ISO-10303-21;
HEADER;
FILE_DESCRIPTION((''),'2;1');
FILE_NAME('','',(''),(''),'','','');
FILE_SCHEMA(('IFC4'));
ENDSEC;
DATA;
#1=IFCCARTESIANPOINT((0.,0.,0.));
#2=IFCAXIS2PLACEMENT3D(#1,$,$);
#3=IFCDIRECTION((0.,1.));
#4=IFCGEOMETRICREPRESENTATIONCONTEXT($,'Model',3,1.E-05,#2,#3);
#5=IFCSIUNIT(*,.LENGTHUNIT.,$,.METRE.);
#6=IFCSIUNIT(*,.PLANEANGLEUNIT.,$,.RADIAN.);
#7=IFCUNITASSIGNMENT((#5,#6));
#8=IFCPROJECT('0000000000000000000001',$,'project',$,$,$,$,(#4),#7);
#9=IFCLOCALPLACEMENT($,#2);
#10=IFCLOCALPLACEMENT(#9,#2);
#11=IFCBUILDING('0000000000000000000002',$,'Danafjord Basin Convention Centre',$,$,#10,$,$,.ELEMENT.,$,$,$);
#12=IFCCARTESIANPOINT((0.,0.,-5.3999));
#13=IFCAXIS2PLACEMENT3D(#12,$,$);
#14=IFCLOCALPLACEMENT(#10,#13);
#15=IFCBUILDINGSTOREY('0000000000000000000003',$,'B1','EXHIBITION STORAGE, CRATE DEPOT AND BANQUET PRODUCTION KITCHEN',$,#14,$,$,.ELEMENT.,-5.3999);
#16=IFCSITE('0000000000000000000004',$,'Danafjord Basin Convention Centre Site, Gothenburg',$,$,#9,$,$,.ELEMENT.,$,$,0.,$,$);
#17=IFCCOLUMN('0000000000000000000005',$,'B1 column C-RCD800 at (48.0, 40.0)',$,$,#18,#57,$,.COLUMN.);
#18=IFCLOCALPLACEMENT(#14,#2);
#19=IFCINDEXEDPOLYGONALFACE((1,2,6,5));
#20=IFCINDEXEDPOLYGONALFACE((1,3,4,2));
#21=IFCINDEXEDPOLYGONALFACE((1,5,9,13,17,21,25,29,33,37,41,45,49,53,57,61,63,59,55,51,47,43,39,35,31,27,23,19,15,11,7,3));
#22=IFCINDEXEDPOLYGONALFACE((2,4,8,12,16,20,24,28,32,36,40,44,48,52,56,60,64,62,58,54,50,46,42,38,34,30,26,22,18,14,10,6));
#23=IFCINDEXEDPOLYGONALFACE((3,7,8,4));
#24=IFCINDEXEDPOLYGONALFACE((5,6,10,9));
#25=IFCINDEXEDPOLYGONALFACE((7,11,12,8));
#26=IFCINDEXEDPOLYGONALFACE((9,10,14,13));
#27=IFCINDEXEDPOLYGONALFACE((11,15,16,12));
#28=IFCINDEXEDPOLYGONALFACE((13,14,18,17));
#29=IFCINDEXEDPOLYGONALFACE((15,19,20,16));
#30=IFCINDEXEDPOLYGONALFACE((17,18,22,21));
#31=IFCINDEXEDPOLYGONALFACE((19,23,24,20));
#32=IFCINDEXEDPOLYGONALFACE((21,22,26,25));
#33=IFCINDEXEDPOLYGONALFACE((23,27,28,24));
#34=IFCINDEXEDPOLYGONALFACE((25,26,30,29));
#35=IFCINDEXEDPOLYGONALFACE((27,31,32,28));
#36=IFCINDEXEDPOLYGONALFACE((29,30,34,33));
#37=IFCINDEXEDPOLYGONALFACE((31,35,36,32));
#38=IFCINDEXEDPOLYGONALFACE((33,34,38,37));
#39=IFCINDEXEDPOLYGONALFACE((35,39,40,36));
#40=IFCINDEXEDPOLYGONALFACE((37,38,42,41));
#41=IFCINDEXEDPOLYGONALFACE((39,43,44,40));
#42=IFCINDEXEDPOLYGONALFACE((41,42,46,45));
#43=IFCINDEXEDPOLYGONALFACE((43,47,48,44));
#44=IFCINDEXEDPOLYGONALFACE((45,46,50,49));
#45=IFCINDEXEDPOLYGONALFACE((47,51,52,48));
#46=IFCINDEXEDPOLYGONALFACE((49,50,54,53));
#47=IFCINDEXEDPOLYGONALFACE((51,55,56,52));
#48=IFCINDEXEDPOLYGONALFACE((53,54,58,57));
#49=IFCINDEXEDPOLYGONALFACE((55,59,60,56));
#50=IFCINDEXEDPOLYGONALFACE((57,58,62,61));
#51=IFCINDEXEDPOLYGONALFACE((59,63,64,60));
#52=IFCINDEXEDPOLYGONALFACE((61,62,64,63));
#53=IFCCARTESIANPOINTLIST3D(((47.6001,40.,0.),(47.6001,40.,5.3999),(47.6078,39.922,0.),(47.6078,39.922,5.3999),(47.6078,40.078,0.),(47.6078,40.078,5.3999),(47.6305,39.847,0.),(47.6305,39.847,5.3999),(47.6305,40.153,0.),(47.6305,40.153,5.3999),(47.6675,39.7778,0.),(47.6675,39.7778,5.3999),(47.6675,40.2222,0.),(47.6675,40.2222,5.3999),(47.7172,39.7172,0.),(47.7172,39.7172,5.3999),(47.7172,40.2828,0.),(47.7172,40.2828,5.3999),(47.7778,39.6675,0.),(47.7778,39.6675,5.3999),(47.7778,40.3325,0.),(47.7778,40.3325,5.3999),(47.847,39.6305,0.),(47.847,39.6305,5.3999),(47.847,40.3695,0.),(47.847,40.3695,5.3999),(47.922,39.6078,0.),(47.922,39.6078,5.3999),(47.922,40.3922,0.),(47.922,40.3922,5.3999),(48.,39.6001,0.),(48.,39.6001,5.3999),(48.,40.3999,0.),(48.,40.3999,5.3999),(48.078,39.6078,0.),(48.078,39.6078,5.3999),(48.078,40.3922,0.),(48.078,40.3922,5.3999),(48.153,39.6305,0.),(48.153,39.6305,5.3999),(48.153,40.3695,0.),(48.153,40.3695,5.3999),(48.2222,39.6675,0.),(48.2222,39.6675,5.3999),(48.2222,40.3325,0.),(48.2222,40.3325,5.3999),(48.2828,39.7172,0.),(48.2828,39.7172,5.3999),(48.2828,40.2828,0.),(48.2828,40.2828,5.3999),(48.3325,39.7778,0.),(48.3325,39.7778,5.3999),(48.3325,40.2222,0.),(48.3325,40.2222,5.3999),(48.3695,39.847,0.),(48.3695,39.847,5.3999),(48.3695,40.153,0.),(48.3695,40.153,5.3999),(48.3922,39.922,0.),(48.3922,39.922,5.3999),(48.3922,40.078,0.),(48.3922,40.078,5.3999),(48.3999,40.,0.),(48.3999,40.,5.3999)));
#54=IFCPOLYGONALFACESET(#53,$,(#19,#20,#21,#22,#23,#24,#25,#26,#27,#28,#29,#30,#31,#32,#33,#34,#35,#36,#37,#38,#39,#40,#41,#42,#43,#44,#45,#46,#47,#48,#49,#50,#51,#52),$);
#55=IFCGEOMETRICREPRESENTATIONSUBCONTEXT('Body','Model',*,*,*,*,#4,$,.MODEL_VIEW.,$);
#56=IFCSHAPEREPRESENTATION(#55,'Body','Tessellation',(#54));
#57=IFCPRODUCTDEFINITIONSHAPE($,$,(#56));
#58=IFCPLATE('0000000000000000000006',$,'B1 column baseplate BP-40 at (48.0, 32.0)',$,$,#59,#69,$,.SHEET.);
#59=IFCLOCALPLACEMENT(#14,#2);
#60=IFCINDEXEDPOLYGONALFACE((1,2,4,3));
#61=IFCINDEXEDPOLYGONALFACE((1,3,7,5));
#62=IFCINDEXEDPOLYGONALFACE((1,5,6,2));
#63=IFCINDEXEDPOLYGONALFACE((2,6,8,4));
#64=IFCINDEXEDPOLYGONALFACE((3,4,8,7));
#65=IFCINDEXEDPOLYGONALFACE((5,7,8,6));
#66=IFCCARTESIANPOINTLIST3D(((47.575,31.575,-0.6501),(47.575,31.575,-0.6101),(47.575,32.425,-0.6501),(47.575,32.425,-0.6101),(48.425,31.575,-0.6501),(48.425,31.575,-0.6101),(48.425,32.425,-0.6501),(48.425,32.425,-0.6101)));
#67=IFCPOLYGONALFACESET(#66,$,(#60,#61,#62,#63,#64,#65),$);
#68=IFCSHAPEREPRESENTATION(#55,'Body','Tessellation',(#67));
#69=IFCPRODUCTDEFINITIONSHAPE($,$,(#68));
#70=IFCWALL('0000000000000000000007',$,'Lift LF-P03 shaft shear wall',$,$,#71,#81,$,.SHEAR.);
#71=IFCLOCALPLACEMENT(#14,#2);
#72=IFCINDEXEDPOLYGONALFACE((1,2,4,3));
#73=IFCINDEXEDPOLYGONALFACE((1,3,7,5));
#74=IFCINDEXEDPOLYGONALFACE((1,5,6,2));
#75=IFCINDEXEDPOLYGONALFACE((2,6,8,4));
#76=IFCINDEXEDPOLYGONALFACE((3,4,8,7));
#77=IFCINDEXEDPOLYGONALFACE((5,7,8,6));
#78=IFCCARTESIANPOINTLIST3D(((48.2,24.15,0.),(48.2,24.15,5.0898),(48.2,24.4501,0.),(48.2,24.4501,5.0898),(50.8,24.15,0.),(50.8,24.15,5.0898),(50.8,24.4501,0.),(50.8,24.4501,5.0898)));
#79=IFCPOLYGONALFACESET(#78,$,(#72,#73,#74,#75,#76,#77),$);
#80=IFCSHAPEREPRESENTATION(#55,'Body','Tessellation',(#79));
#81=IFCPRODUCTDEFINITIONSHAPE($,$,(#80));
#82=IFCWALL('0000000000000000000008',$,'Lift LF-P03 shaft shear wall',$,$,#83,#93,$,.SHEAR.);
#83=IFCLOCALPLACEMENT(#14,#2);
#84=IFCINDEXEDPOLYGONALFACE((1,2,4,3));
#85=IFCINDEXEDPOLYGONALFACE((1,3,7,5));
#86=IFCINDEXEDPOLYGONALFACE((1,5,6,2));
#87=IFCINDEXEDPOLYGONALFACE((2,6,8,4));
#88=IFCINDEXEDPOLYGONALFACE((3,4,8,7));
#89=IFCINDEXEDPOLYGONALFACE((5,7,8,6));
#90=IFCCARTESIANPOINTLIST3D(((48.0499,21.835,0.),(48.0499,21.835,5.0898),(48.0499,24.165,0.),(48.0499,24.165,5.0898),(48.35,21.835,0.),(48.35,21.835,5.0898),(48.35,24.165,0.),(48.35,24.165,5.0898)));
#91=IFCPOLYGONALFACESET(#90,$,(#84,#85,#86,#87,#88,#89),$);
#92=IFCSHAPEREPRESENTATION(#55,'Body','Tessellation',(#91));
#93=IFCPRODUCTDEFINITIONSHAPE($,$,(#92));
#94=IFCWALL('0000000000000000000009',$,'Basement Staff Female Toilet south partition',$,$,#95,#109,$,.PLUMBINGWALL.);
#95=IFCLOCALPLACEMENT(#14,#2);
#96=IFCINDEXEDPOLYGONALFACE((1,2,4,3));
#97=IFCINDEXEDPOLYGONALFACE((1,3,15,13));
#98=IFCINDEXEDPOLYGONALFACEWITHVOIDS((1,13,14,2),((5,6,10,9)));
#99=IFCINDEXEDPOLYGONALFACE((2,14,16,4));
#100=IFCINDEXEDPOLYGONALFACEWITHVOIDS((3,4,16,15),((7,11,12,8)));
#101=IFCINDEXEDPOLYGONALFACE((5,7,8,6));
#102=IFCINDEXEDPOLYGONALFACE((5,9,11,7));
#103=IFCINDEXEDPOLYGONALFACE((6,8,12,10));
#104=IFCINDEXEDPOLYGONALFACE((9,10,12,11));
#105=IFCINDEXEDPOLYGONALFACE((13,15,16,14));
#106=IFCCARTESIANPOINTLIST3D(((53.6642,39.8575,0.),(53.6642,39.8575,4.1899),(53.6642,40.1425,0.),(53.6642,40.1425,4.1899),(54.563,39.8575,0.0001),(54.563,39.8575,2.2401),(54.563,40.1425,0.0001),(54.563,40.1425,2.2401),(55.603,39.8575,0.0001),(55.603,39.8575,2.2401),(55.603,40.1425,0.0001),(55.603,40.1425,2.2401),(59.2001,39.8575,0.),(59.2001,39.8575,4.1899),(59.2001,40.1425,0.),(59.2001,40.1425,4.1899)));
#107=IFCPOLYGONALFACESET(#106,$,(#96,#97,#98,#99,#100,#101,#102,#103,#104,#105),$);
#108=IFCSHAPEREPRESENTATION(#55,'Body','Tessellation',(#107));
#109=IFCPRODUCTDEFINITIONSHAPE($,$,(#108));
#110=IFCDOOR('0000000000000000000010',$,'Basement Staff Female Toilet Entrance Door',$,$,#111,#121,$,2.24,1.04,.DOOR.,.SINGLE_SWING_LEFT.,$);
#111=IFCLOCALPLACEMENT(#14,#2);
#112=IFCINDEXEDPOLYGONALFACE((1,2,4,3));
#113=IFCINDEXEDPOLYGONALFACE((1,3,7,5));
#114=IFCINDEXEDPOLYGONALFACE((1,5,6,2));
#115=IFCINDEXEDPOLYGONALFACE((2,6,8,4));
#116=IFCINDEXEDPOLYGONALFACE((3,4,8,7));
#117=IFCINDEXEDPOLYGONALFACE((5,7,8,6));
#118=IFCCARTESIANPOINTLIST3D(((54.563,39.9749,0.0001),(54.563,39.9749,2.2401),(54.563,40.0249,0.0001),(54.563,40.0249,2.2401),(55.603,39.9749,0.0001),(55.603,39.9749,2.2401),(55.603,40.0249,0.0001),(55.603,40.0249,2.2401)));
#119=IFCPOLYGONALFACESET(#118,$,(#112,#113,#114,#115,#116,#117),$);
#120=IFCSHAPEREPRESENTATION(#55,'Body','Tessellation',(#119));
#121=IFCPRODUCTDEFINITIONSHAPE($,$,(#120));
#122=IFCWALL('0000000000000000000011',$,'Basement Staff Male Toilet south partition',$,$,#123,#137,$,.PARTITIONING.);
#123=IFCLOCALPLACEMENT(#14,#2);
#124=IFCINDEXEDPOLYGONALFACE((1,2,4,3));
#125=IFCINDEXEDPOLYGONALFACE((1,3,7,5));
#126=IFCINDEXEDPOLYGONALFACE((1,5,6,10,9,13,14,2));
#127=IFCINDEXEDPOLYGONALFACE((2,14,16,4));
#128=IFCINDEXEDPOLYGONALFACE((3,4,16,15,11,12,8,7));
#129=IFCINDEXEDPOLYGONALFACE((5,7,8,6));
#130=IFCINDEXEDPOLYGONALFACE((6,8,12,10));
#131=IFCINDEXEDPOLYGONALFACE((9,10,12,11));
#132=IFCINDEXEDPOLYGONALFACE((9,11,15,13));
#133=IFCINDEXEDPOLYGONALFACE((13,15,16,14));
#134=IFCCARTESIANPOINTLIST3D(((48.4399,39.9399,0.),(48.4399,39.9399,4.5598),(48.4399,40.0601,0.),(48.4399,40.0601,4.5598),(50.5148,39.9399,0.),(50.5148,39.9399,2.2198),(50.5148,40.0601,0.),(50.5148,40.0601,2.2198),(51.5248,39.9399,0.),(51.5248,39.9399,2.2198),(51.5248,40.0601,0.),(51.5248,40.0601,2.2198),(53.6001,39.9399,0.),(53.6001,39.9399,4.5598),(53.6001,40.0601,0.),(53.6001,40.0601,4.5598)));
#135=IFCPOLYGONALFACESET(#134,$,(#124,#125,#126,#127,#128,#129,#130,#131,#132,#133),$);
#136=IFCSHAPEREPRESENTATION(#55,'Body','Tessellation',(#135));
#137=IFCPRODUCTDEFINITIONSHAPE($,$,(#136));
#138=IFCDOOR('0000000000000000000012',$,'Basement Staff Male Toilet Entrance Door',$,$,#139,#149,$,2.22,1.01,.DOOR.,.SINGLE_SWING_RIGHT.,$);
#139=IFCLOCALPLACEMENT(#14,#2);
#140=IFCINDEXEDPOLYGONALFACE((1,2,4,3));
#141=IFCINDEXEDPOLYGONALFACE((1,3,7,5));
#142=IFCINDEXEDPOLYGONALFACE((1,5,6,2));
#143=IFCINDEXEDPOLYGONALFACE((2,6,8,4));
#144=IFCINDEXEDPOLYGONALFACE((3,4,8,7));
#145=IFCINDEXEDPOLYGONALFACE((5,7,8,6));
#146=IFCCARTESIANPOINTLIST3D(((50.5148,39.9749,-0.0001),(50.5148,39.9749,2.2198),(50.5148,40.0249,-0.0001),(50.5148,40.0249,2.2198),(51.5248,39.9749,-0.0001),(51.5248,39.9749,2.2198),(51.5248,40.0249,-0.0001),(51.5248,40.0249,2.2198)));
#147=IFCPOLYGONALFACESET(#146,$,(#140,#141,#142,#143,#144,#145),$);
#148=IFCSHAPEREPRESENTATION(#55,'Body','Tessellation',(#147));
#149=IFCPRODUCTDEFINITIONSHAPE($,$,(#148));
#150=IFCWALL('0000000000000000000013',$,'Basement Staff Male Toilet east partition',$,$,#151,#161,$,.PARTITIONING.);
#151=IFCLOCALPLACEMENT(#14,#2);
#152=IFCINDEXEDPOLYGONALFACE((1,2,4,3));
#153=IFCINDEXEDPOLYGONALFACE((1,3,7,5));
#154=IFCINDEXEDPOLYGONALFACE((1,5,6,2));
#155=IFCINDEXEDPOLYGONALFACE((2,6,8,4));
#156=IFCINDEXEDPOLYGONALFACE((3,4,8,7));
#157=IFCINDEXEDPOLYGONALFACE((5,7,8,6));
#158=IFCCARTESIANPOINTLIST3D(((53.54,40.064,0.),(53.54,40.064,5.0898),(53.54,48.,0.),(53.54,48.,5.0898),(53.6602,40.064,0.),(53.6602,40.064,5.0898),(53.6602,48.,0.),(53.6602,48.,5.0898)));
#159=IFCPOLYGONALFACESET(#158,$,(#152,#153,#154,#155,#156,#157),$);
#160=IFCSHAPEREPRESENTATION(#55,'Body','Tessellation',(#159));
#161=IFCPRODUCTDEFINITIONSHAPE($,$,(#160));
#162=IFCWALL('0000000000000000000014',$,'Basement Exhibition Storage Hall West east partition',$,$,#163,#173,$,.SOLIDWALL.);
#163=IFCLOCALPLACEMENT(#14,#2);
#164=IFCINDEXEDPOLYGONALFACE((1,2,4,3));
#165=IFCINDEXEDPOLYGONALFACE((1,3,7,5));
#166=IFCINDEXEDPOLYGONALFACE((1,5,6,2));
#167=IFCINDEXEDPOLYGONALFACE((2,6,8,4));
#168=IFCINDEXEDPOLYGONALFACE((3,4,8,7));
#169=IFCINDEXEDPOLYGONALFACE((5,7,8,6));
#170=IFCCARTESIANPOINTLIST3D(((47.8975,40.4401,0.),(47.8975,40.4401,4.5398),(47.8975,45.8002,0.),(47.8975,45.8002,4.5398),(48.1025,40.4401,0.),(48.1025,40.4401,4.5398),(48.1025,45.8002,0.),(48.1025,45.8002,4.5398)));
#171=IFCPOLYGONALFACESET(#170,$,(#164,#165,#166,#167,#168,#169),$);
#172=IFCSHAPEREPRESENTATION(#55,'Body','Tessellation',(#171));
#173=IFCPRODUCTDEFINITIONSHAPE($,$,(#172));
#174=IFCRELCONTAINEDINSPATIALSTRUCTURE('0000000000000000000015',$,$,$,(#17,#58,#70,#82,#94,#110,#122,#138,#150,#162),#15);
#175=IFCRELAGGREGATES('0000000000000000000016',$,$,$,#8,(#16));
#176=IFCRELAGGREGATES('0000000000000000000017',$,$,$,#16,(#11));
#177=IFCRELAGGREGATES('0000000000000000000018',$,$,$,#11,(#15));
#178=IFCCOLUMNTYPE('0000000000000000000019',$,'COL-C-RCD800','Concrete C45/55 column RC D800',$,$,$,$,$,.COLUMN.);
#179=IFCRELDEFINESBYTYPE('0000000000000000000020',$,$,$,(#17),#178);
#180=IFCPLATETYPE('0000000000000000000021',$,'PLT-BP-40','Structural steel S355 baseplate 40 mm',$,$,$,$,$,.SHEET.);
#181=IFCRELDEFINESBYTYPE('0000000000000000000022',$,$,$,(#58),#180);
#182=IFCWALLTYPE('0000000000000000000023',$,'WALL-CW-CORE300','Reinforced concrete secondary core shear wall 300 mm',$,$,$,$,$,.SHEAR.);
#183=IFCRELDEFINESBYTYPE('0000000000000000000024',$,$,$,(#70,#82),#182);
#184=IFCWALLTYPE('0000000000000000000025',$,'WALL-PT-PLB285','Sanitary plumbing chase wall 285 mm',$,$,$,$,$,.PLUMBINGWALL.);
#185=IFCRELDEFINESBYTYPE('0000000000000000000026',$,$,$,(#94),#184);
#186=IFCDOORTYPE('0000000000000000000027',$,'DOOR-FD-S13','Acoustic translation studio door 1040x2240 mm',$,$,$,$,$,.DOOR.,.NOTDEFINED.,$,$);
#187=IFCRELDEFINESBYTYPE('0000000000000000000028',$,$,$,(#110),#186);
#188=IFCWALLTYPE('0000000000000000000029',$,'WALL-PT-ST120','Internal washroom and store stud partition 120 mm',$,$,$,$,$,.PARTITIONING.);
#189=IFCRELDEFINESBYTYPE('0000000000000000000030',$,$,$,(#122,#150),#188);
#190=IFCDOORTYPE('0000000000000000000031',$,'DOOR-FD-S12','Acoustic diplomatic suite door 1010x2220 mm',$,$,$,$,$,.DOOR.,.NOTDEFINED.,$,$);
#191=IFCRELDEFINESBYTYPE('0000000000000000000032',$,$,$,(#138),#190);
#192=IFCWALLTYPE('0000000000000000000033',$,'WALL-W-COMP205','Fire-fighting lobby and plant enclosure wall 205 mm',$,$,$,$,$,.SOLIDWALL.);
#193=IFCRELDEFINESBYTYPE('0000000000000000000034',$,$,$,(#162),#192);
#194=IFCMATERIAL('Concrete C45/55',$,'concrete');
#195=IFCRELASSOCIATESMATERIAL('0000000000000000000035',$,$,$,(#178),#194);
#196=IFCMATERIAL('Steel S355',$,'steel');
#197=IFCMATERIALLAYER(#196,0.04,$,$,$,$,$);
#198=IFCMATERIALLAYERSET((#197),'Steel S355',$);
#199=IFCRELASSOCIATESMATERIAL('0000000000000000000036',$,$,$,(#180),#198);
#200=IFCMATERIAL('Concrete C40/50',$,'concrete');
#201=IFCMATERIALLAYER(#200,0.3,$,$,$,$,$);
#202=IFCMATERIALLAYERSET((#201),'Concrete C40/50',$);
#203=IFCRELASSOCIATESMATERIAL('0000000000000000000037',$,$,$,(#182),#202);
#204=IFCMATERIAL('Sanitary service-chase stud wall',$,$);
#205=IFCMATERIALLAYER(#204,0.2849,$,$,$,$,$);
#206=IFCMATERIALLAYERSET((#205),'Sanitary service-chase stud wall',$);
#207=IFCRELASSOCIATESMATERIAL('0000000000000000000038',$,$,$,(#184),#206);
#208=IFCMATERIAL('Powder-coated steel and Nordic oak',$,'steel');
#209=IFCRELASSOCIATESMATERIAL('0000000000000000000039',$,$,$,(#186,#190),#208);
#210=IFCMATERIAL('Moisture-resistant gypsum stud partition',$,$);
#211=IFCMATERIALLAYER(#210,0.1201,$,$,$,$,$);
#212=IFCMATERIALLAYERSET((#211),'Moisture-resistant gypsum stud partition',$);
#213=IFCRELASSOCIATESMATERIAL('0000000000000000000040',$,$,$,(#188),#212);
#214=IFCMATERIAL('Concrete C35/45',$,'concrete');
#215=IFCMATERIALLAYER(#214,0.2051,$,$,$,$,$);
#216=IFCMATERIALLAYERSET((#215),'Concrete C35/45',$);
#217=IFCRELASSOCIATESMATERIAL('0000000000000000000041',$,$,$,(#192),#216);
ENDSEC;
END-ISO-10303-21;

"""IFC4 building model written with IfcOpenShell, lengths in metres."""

from ifc_helpers import new_model, si_unit, direction, frame, frame_2d, origin, origin_2d, place, context, subcontext, project, spatial, rectangle, circle, extrude, material, layer, layer_set, material_profile, profile_set, type_object, element, fill, save


model = new_model("IFC4")

# Units and contexts
model_context = context("Model", 3, precision=1e-05, world=origin(), true_north=direction((0.0, 1.0)))
body_context = subcontext(model_context, "Body", "Model", "MODEL_VIEW")
ifc_project = project(units=[si_unit("LENGTHUNIT", "METRE"), si_unit("PLANEANGLEUNIT", "RADIAN")], contexts=[model_context])

# Site, building, storey
site_placement = place(None, origin())
site = spatial("IfcSite", under=ifc_project, at=site_placement, Name="Danafjord Basin Convention Centre Site, Gothenburg", CompositionType="ELEMENT", RefElevation=0.0)
building_placement = place(site_placement, origin())
building = spatial("IfcBuilding", under=site, at=building_placement, Name="Danafjord Basin Convention Centre", CompositionType="ELEMENT")
storey_placement = place(building_placement, frame((0.0, 0.0, -5.3999)))
storey = spatial("IfcBuildingStorey", under=building, at=storey_placement, Name="B1", Description="EXHIBITION STORAGE, CRATE DEPOT AND BANQUET PRODUCTION KITCHEN", CompositionType="ELEMENT", Elevation=-5.3999)

# Shared definitions
ifc_material_1 = material(Name="Concrete C40/50", Category="concrete")

# Column
ifc_material_2 = material(Name="Concrete C45/55", Category="concrete")
ifc_material_profile_1 = material_profile(ifc_material_2, circle(Radius=0.3999, at=origin_2d()), Name="RC D800")
ifc_profile_set_1 = profile_set([ifc_material_profile_1], Name="Concrete C45/55")
column_type_1 = type_object("IfcColumnType", Name="COL-C-RCD800", Description="Concrete C45/55 column RC D800", PredefinedType="COLUMN", material=ifc_profile_set_1)
column_1_placement = place(storey_placement, frame((48.0, 40.0, 0.0), z_axis=(0.0, 0.0, 1.0), x_axis=(1.0, 0.0, 0.0)))
element("IfcColumn", 1, at=column_1_placement, inside=storey, type_object=column_type_1, Name="B1 column C-RCD800 at (48.0, 40.0)", PredefinedType="COLUMN", context=body_context, shape_type="SweptSolid", body=[
    extrude(circle(Radius=0.3999, at=origin_2d()), origin(), (0.0, 0.0, 1.0), 5.3999),
])

# Plate
ifc_material_3 = material(Name="Steel S355", Category="steel")
ifc_layer_1 = layer(ifc_material_3, 0.04)
ifc_layer_set_1 = layer_set([ifc_layer_1], Name="Steel S355")
plate_type = type_object("IfcPlateType", Name="PLT-BP-40", Description="Structural steel S355 baseplate 40 mm", PredefinedType="SHEET", material=ifc_layer_set_1)
plate_placement = place(storey_placement, frame((48.0, 32.0, -0.6501), z_axis=(0.0, 0.0, 1.0), x_axis=(1.0, 0.0, 0.0)))
element("IfcPlate", 2, at=plate_placement, inside=storey, type_object=plate_type, Name="B1 column baseplate BP-40 at (48.0, 32.0)", PredefinedType="SHEET", context=body_context, shape_type="SweptSolid", body=[
    extrude(rectangle(XDim=0.8501, YDim=0.8501, at=origin_2d()), origin(), (0.0, 0.0, 1.0), 0.04),
])

# Walls
ifc_layer_2 = layer(ifc_material_1, 0.3)
ifc_layer_set_2 = layer_set([ifc_layer_2], Name="Concrete C40/50")
wall_type_1 = type_object("IfcWallType", Name="WALL-CW-CORE300", Description="Reinforced concrete secondary core shear wall 300 mm", PredefinedType="SHEAR", material=ifc_layer_set_2)
wall_1_placement = place(storey_placement, frame((50.8, 24.3, 0.0), z_axis=(0.0, 0.0, 1.0), x_axis=(-1.0, 0.0, 0.0)))
element("IfcWall", 3, at=wall_1_placement, inside=storey, type_object=wall_type_1, Name="Lift LF-P03 shaft shear wall", PredefinedType="SHEAR", context=body_context, shape_type="SweptSolid", body=[
    extrude(rectangle(XDim=2.6001, YDim=0.3, at=frame_2d((1.3, 0.0))), origin(), (0.0, 0.0, 1.0), 5.0898),
])
wall_2_placement = place(storey_placement, frame((48.2, 24.165, 0.0), z_axis=(0.0, 0.0, 1.0), x_axis=(0.0, -1.0, 0.0)))
element("IfcWall", 4, at=wall_2_placement, inside=storey, type_object=wall_type_1, Name="Lift LF-P03 shaft shear wall", PredefinedType="SHEAR", context=body_context, shape_type="SweptSolid", body=[
    extrude(rectangle(XDim=2.3301, YDim=0.3, at=frame_2d((1.165, 0.0))), origin(), (0.0, 0.0, 1.0), 5.0898),
])

# Walls, openings, doors
ifc_material_4 = material(Name="Sanitary service-chase stud wall")
ifc_layer_3 = layer(ifc_material_4, 0.2849)
ifc_layer_set_3 = layer_set([ifc_layer_3], Name="Sanitary service-chase stud wall")
wall_type_2 = type_object("IfcWallType", Name="WALL-PT-PLB285", Description="Sanitary plumbing chase wall 285 mm", PredefinedType="PLUMBINGWALL", material=ifc_layer_set_3)
wall_3_placement = place(storey_placement, frame((53.6641, 40.0, 0.0), z_axis=(0.0, 0.0, 1.0), x_axis=(1.0, 0.0, 0.0)))
wall_3 = element("IfcWall", 5, at=wall_3_placement, inside=storey, type_object=wall_type_2, Name="Basement Staff Female Toilet south partition", PredefinedType="PLUMBINGWALL", context=body_context, shape_type="SweptSolid", body=[
    extrude(rectangle(XDim=5.5359, YDim=0.2849, at=frame_2d((2.7681, 0.0))), origin(), (0.0, 0.0, 1.0), 4.1899),
])
opening_1_placement = place(wall_3_placement, frame((0.8989, 0.0, 0.0)))
opening_1 = element("IfcOpeningElement", 6, at=opening_1_placement, cuts=wall_3, PredefinedType="OPENING", context=body_context, shape_type="SweptSolid", body=[
    extrude(rectangle(XDim=1.04, YDim=2.24, at=frame_2d((0.52, 1.1201))), frame((0.0, 0.1523, 0.0), z_axis=(0.0, -1.0, 0.0), x_axis=(1.0, 0.0, 0.0)), (0.0, 0.0, 1.0), 0.3049),
])
ifc_material_5 = material(Name="Powder-coated steel and Nordic oak", Category="steel")
door_type_1 = type_object("IfcDoorType", Name="DOOR-FD-S13", Description="Acoustic translation studio door 1040x2240 mm", OperationType="NOTDEFINED", PredefinedType="DOOR", material=ifc_material_5)
door_1_placement = place(opening_1_placement, origin())
door_1 = element("IfcDoor", 7, at=door_1_placement, inside=storey, type_object=door_type_1, Name="Basement Staff Female Toilet Entrance Door", OperationType="SINGLE_SWING_LEFT", OverallHeight=2.24, OverallWidth=1.04, PredefinedType="DOOR", context=body_context, shape_type="SweptSolid", body=[
    extrude(rectangle(XDim=1.04, YDim=2.24, at=frame_2d((0.52, 1.1201))), frame((0.0, 0.0249, 0.0), z_axis=(0.0, -1.0, 0.0), x_axis=(1.0, 0.0, 0.0)), (0.0, 0.0, 1.0), 0.05),
])
fill(opening_1, door_1)
ifc_material_6 = material(Name="Moisture-resistant gypsum stud partition")
ifc_layer_4 = layer(ifc_material_6, 0.1201)
ifc_layer_set_4 = layer_set([ifc_layer_4], Name="Moisture-resistant gypsum stud partition")
wall_type_3 = type_object("IfcWallType", Name="WALL-PT-ST120", Description="Internal washroom and store stud partition 120 mm", PredefinedType="PARTITIONING", material=ifc_layer_set_4)
wall_4_placement = place(storey_placement, frame((48.4399, 40.0, 0.0), z_axis=(0.0, 0.0, 1.0), x_axis=(1.0, 0.0, 0.0)))
wall_4 = element("IfcWall", 8, at=wall_4_placement, inside=storey, type_object=wall_type_3, Name="Basement Staff Male Toilet south partition", PredefinedType="PARTITIONING", context=body_context, shape_type="SweptSolid", body=[
    extrude(rectangle(XDim=5.1602, YDim=0.1201, at=frame_2d((2.5801, 0.0))), origin(), (0.0, 0.0, 1.0), 4.5598),
])
opening_2_placement = place(wall_4_placement, frame((2.075, 0.0, 0.0)))
opening_2 = element("IfcOpeningElement", 9, at=opening_2_placement, cuts=wall_4, PredefinedType="OPENING", context=body_context, shape_type="SweptSolid", body=[
    extrude(rectangle(XDim=1.01, YDim=2.22, at=frame_2d((0.5049, 1.1099))), frame((0.0, 0.0701, 0.0), z_axis=(0.0, -1.0, 0.0), x_axis=(1.0, 0.0, 0.0)), (0.0, 0.0, 1.0), 0.1401),
])
door_type_2 = type_object("IfcDoorType", Name="DOOR-FD-S12", Description="Acoustic diplomatic suite door 1010x2220 mm", OperationType="NOTDEFINED", PredefinedType="DOOR", material=ifc_material_5)
door_2_placement = place(opening_2_placement, origin())
door_2 = element("IfcDoor", 10, at=door_2_placement, inside=storey, type_object=door_type_2, Name="Basement Staff Male Toilet Entrance Door", OperationType="SINGLE_SWING_RIGHT", OverallHeight=2.22, OverallWidth=1.01, PredefinedType="DOOR", context=body_context, shape_type="SweptSolid", body=[
    extrude(rectangle(XDim=1.01, YDim=2.22, at=frame_2d((0.5049, 1.1099))), frame((0.0, 0.0249, 0.0), z_axis=(0.0, -1.0, 0.0), x_axis=(1.0, 0.0, 0.0)), (0.0, 0.0, 1.0), 0.05),
])
fill(opening_2, door_2)

# Walls
wall_5_placement = place(storey_placement, frame((53.6001, 40.064, 0.0), z_axis=(0.0, 0.0, 1.0), x_axis=(0.0, 1.0, 0.0)))
element("IfcWall", 11, at=wall_5_placement, inside=storey, type_object=wall_type_3, Name="Basement Staff Male Toilet east partition", PredefinedType="PARTITIONING", context=body_context, shape_type="SweptSolid", body=[
    extrude(rectangle(XDim=7.936, YDim=0.1201, at=frame_2d((3.968, 0.0))), origin(), (0.0, 0.0, 1.0), 5.0898),
])
ifc_material_7 = material(Name="Concrete C35/45", Category="concrete")
ifc_layer_5 = layer(ifc_material_7, 0.2051)
ifc_layer_set_5 = layer_set([ifc_layer_5], Name="Concrete C35/45")
wall_type_4 = type_object("IfcWallType", Name="WALL-W-COMP205", Description="Fire-fighting lobby and plant enclosure wall 205 mm", PredefinedType="SOLIDWALL", material=ifc_layer_set_5)
wall_6_placement = place(storey_placement, frame((48.0, 40.4399, 0.0), z_axis=(0.0, 0.0, 1.0), x_axis=(0.0, 1.0, 0.0)))
element("IfcWall", 12, at=wall_6_placement, inside=storey, type_object=wall_type_4, Name="Basement Exhibition Storage Hall West east partition", PredefinedType="SOLIDWALL", context=body_context, shape_type="SweptSolid", body=[
    extrude(rectangle(XDim=5.3601, YDim=0.2051, at=frame_2d((2.6802, 0.0))), origin(), (0.0, 0.0, 1.0), 4.5398),
])

save(model, "model.ifc")
